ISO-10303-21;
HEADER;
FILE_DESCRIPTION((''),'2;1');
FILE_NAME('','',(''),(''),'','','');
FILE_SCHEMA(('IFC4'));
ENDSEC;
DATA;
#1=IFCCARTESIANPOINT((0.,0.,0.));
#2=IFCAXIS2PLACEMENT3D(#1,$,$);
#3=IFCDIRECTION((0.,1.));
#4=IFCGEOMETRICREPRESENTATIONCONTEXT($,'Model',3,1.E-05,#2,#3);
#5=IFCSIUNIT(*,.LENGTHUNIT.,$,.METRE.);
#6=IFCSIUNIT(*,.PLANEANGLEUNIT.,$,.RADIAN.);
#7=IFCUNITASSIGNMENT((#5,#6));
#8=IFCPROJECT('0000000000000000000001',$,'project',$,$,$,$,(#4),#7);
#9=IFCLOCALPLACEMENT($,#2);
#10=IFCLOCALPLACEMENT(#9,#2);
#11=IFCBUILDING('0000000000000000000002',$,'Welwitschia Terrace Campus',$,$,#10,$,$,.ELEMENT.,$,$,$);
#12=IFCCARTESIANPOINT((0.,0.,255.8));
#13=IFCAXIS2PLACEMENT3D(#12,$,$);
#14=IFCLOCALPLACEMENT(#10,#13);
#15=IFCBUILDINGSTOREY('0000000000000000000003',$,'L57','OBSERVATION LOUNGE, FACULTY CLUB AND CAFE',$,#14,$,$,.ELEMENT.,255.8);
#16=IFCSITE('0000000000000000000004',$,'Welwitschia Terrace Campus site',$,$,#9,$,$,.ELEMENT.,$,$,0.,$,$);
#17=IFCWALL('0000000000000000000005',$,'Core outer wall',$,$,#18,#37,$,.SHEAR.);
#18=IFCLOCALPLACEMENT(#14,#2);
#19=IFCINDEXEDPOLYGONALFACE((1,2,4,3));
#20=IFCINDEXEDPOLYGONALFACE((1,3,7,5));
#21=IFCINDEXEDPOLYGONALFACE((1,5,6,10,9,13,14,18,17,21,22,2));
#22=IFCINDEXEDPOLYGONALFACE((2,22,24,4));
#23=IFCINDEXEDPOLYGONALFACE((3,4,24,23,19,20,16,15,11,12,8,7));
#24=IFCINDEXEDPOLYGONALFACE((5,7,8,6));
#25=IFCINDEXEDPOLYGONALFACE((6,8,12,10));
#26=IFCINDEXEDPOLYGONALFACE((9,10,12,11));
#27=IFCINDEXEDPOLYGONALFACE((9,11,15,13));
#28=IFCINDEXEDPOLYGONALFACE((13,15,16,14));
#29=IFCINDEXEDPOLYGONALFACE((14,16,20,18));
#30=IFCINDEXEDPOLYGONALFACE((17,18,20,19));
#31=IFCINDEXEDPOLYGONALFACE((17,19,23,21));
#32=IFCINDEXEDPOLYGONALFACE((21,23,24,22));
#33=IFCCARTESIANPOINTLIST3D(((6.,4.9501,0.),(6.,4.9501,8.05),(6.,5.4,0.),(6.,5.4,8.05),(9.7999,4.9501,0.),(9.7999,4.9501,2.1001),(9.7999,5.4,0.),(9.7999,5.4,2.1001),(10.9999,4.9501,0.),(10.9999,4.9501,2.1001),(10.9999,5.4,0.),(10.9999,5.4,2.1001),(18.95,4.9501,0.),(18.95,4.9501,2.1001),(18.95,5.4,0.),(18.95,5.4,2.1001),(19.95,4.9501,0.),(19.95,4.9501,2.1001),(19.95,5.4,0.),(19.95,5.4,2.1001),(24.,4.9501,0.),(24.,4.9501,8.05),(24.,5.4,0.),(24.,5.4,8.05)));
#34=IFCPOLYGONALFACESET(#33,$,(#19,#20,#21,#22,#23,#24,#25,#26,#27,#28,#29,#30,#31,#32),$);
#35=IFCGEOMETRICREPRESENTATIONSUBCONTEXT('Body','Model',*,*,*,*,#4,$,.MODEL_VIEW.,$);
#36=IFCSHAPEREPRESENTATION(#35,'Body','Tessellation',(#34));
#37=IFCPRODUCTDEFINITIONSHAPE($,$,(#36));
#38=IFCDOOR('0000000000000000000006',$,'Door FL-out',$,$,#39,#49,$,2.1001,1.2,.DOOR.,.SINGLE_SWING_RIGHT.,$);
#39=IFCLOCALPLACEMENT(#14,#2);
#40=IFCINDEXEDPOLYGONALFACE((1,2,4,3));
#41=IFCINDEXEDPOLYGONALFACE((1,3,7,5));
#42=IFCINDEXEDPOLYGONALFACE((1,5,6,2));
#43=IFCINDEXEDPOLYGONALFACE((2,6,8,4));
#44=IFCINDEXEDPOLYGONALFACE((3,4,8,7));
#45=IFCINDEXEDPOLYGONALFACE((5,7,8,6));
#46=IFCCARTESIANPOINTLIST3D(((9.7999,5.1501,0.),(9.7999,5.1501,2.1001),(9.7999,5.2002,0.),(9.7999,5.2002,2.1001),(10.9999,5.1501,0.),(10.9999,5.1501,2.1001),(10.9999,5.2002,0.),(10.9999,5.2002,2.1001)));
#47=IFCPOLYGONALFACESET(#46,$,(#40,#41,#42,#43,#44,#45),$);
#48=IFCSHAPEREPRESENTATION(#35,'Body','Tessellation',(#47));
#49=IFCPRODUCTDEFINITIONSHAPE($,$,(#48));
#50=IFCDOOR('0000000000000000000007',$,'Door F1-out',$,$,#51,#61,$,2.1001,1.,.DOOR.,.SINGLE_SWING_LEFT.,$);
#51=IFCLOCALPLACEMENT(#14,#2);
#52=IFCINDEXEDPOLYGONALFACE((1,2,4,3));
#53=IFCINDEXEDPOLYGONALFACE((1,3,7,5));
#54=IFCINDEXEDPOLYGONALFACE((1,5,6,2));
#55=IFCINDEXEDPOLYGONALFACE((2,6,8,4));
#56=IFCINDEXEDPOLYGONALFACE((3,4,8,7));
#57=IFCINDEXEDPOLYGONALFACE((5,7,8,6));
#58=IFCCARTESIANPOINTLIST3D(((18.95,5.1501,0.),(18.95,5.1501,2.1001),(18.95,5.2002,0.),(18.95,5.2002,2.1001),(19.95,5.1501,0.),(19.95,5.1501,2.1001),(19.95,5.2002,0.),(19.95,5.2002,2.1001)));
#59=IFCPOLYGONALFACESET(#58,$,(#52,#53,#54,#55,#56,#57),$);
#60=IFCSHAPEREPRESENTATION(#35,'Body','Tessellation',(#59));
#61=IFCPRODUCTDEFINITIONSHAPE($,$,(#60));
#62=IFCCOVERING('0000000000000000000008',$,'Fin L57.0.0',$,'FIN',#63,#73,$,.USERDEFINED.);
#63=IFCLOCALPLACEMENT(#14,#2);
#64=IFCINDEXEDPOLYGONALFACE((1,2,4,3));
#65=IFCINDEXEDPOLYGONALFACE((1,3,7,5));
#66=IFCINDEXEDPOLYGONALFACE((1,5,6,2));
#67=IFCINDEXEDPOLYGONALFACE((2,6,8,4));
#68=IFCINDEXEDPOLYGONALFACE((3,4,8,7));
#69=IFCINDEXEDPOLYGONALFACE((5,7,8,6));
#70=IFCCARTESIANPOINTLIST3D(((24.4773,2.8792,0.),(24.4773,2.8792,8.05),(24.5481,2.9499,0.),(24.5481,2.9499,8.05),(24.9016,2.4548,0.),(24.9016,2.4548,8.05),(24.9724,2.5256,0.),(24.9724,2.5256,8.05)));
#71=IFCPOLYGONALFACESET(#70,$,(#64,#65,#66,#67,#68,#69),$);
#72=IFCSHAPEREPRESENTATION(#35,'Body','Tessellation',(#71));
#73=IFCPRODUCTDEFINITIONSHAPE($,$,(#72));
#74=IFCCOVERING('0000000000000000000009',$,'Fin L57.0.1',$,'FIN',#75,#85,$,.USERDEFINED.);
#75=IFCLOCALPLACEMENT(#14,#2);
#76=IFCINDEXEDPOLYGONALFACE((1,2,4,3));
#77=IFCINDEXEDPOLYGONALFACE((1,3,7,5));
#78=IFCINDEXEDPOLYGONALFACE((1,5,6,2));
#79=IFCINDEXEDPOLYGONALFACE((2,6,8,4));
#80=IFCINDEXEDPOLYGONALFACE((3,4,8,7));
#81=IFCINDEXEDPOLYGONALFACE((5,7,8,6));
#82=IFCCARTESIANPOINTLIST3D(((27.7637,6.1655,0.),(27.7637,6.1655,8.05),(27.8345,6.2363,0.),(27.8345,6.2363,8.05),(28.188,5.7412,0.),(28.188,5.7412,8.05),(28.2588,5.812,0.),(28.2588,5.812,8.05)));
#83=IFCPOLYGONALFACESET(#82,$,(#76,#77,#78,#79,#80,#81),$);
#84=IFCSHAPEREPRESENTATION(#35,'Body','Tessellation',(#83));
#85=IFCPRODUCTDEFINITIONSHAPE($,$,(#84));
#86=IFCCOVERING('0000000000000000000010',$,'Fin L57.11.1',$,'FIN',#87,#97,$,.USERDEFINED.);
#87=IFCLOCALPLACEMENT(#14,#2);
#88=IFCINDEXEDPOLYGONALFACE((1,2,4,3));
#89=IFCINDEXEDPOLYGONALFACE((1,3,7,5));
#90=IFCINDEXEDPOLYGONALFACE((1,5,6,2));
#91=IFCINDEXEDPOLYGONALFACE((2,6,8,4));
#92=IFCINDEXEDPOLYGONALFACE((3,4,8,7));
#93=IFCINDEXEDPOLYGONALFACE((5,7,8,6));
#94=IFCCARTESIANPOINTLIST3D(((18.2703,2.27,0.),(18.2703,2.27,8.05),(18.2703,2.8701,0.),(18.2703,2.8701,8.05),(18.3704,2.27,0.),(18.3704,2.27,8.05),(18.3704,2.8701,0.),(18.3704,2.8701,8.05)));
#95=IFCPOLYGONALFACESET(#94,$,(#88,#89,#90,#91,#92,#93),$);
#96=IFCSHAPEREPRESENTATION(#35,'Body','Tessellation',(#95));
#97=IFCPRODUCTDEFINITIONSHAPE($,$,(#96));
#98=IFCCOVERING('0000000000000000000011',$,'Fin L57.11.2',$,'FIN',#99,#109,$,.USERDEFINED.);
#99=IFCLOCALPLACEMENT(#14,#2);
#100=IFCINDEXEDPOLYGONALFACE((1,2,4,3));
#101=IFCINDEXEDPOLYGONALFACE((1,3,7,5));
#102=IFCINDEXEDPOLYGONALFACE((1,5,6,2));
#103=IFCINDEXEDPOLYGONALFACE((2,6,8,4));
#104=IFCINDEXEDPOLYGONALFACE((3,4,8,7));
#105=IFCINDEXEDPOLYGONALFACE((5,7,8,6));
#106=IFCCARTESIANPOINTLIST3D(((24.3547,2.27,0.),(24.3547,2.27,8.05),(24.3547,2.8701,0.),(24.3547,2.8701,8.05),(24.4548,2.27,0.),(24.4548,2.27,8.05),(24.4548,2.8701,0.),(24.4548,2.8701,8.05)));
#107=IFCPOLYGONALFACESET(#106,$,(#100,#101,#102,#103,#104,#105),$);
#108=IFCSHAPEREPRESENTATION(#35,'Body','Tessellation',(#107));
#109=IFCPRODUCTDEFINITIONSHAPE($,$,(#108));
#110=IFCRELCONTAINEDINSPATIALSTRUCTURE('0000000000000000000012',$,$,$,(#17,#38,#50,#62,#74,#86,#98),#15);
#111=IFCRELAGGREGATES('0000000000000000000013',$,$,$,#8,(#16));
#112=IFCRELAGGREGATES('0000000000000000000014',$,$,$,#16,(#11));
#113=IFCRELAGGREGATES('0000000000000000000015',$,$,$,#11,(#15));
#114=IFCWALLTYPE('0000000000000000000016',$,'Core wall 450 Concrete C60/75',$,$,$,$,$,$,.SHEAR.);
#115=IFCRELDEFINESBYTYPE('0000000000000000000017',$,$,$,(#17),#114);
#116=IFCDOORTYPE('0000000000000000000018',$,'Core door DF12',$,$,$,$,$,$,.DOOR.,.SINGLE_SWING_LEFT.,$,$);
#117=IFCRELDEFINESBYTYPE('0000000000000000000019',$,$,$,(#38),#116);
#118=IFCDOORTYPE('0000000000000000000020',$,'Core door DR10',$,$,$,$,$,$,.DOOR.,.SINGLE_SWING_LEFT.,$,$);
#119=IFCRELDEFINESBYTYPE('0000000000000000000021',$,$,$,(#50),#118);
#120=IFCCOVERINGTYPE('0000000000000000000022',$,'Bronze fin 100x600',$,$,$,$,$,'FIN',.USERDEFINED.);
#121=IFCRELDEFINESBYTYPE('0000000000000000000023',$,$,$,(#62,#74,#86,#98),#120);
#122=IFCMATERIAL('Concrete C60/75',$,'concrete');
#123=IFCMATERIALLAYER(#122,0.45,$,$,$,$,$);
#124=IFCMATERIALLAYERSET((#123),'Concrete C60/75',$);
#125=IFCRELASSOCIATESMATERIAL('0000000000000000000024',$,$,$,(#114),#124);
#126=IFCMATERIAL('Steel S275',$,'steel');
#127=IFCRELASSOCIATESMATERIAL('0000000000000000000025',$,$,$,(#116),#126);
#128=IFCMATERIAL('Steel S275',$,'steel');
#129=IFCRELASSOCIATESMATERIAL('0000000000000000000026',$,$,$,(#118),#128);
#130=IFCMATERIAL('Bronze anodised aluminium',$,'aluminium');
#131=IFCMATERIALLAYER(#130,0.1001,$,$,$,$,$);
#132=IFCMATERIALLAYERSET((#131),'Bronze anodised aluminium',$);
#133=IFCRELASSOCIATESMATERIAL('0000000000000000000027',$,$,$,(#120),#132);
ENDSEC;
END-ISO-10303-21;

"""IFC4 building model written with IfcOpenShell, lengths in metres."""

from ifc_helpers import new_model, si_unit, direction, frame, frame_2d, origin, origin_2d, place, context, subcontext, project, spatial, rectangle, extrude, material, layer, layer_set, type_object, element, fill, save


model = new_model("IFC4")

# Units and contexts
model_context = context("Model", 3, precision=1e-05, world=origin(), true_north=direction((0.0, 1.0)))
body_context = subcontext(model_context, "Body", "Model", "MODEL_VIEW")
ifc_project = project(units=[si_unit("LENGTHUNIT", "METRE"), si_unit("PLANEANGLEUNIT", "RADIAN")], contexts=[model_context])

# Site, building, storey
site_placement = place(None, origin())
site = spatial("IfcSite", under=ifc_project, at=site_placement, Name="Welwitschia Terrace Campus site", CompositionType="ELEMENT", RefElevation=0.0)
building_placement = place(site_placement, origin())
building = spatial("IfcBuilding", under=site, at=building_placement, Name="Welwitschia Terrace Campus", CompositionType="ELEMENT")
storey_placement = place(building_placement, frame((0.0, 0.0, 255.8)))
storey = spatial("IfcBuildingStorey", under=building, at=storey_placement, Name="L57", Description="OBSERVATION LOUNGE, FACULTY CLUB AND CAFE", CompositionType="ELEMENT", Elevation=255.8)

# Wall, openings, doors
ifc_material_1 = material(Name="Concrete C60/75", Category="concrete")
ifc_layer_1 = layer(ifc_material_1, 0.45)
ifc_layer_set_1 = layer_set([ifc_layer_1], Name="Concrete C60/75")
wall_type_1 = type_object("IfcWallType", Name="Core wall 450 Concrete C60/75", PredefinedType="SHEAR", material=ifc_layer_set_1)
wall_1_placement = place(storey_placement, frame((24.0, 5.175, 0.0), z_axis=(0.0, 0.0, 1.0), x_axis=(-1.0, 0.0, 0.0)))
wall_1 = element("IfcWall", 1, at=wall_1_placement, inside=storey, type_object=wall_type_1, Name="Core outer wall", PredefinedType="SHEAR", context=body_context, shape_type="SweptSolid", body=[
    extrude(rectangle(XDim=18.0, YDim=0.45, at=frame_2d((9.0, 0.0))), origin(), (0.0, 0.0, 1.0), 8.05),
])
opening_1_placement = place(wall_1_placement, frame((13.0, 0.0, 0.0)))
opening_1 = element("IfcOpeningElement", 2, at=opening_1_placement, cuts=wall_1, PredefinedType="OPENING", context=body_context, shape_type="SweptSolid", body=[
    extrude(rectangle(XDim=1.2, YDim=2.1001, at=frame_2d((0.6001, 1.05))), frame((0.0, 0.2349, 0.0), z_axis=(0.0, -1.0, 0.0), x_axis=(1.0, 0.0, 0.0)), (0.0, 0.0, 1.0), 0.47),
])
opening_2_placement = place(wall_1_placement, frame((4.05, 0.0, 0.0)))
opening_2 = element("IfcOpeningElement", 3, at=opening_2_placement, cuts=wall_1, PredefinedType="OPENING", context=body_context, shape_type="SweptSolid", body=[
    extrude(rectangle(XDim=1.0, YDim=2.1001, at=frame_2d((0.5, 1.05))), frame((0.0, 0.2349, 0.0), z_axis=(0.0, -1.0, 0.0), x_axis=(1.0, 0.0, 0.0)), (0.0, 0.0, 1.0), 0.47),
])
ifc_material_2 = material(Name="Steel S275", Category="steel")
door_type_1 = type_object("IfcDoorType", Name="Core door DF12", OperationType="SINGLE_SWING_LEFT", PredefinedType="DOOR", material=ifc_material_2)
door_1_placement = place(opening_1_placement, origin())
door_1 = element("IfcDoor", 4, at=door_1_placement, inside=storey, type_object=door_type_1, Name="Door FL-out", OperationType="SINGLE_SWING_RIGHT", OverallHeight=2.1001, OverallWidth=1.2, PredefinedType="DOOR", context=body_context, shape_type="SweptSolid", body=[
    extrude(rectangle(XDim=1.2, YDim=2.1001, at=frame_2d((0.6001, 1.05))), frame((0.0, 0.0249, 0.0), z_axis=(0.0, -1.0, 0.0), x_axis=(1.0, 0.0, 0.0)), (0.0, 0.0, 1.0), 0.05),
])
fill(opening_1, door_1)
ifc_material_3 = material(Name="Steel S275", Category="steel")
door_type_2 = type_object("IfcDoorType", Name="Core door DR10", OperationType="SINGLE_SWING_LEFT", PredefinedType="DOOR", material=ifc_material_3)
door_2_placement = place(opening_2_placement, origin())
door_2 = element("IfcDoor", 5, at=door_2_placement, inside=storey, type_object=door_type_2, Name="Door F1-out", OperationType="SINGLE_SWING_LEFT", OverallHeight=2.1001, OverallWidth=1.0, PredefinedType="DOOR", context=body_context, shape_type="SweptSolid", body=[
    extrude(rectangle(XDim=1.0, YDim=2.1001, at=frame_2d((0.5, 1.05))), frame((0.0, 0.0249, 0.0), z_axis=(0.0, -1.0, 0.0), x_axis=(1.0, 0.0, 0.0)), (0.0, 0.0, 1.0), 0.05),
])
fill(opening_2, door_2)

# Coverings
ifc_material_4 = material(Name="Bronze anodised aluminium", Category="aluminium")
ifc_layer_2 = layer(ifc_material_4, 0.1001)
ifc_layer_set_2 = layer_set([ifc_layer_2], Name="Bronze anodised aluminium")
covering_type = type_object("IfcCoveringType", Name="Bronze fin 100x600", ElementType="FIN", PredefinedType="USERDEFINED", material=ifc_layer_set_2)
for number, where, z_axis, x_axis, name in (
    (6, (24.7249, 2.7024, 0.0), (0.0, 0.0, 1.0), (0.707107, 0.707107, 0.0), "Fin L57.0.0"),
    (7, (28.0112, 5.9888, 0.0), (0.0, 0.0, 1.0), (0.707107, 0.707107, 0.0), "Fin L57.0.1"),
    (8, (18.3203, 2.5701, 0.0), (0.0, 0.0, 1.0), (1.0, 0.0, 0.0), "Fin L57.11.1"),
    (9, (24.4048, 2.5701, 0.0), (0.0, 0.0, 1.0), (1.0, 0.0, 0.0), "Fin L57.11.2"),
):
    element("IfcCovering", number, at=place(storey_placement, frame(where, z_axis=z_axis, x_axis=x_axis)), inside=storey, type_object=covering_type, Name=name, ObjectType="FIN", PredefinedType="USERDEFINED", context=body_context, shape_type="SweptSolid", body=[
        extrude(rectangle(XDim=0.1001, YDim=0.6001, at=origin_2d()), origin(), (0.0, 0.0, 1.0), 8.05),
    ])

save(model, "model.ifc")
